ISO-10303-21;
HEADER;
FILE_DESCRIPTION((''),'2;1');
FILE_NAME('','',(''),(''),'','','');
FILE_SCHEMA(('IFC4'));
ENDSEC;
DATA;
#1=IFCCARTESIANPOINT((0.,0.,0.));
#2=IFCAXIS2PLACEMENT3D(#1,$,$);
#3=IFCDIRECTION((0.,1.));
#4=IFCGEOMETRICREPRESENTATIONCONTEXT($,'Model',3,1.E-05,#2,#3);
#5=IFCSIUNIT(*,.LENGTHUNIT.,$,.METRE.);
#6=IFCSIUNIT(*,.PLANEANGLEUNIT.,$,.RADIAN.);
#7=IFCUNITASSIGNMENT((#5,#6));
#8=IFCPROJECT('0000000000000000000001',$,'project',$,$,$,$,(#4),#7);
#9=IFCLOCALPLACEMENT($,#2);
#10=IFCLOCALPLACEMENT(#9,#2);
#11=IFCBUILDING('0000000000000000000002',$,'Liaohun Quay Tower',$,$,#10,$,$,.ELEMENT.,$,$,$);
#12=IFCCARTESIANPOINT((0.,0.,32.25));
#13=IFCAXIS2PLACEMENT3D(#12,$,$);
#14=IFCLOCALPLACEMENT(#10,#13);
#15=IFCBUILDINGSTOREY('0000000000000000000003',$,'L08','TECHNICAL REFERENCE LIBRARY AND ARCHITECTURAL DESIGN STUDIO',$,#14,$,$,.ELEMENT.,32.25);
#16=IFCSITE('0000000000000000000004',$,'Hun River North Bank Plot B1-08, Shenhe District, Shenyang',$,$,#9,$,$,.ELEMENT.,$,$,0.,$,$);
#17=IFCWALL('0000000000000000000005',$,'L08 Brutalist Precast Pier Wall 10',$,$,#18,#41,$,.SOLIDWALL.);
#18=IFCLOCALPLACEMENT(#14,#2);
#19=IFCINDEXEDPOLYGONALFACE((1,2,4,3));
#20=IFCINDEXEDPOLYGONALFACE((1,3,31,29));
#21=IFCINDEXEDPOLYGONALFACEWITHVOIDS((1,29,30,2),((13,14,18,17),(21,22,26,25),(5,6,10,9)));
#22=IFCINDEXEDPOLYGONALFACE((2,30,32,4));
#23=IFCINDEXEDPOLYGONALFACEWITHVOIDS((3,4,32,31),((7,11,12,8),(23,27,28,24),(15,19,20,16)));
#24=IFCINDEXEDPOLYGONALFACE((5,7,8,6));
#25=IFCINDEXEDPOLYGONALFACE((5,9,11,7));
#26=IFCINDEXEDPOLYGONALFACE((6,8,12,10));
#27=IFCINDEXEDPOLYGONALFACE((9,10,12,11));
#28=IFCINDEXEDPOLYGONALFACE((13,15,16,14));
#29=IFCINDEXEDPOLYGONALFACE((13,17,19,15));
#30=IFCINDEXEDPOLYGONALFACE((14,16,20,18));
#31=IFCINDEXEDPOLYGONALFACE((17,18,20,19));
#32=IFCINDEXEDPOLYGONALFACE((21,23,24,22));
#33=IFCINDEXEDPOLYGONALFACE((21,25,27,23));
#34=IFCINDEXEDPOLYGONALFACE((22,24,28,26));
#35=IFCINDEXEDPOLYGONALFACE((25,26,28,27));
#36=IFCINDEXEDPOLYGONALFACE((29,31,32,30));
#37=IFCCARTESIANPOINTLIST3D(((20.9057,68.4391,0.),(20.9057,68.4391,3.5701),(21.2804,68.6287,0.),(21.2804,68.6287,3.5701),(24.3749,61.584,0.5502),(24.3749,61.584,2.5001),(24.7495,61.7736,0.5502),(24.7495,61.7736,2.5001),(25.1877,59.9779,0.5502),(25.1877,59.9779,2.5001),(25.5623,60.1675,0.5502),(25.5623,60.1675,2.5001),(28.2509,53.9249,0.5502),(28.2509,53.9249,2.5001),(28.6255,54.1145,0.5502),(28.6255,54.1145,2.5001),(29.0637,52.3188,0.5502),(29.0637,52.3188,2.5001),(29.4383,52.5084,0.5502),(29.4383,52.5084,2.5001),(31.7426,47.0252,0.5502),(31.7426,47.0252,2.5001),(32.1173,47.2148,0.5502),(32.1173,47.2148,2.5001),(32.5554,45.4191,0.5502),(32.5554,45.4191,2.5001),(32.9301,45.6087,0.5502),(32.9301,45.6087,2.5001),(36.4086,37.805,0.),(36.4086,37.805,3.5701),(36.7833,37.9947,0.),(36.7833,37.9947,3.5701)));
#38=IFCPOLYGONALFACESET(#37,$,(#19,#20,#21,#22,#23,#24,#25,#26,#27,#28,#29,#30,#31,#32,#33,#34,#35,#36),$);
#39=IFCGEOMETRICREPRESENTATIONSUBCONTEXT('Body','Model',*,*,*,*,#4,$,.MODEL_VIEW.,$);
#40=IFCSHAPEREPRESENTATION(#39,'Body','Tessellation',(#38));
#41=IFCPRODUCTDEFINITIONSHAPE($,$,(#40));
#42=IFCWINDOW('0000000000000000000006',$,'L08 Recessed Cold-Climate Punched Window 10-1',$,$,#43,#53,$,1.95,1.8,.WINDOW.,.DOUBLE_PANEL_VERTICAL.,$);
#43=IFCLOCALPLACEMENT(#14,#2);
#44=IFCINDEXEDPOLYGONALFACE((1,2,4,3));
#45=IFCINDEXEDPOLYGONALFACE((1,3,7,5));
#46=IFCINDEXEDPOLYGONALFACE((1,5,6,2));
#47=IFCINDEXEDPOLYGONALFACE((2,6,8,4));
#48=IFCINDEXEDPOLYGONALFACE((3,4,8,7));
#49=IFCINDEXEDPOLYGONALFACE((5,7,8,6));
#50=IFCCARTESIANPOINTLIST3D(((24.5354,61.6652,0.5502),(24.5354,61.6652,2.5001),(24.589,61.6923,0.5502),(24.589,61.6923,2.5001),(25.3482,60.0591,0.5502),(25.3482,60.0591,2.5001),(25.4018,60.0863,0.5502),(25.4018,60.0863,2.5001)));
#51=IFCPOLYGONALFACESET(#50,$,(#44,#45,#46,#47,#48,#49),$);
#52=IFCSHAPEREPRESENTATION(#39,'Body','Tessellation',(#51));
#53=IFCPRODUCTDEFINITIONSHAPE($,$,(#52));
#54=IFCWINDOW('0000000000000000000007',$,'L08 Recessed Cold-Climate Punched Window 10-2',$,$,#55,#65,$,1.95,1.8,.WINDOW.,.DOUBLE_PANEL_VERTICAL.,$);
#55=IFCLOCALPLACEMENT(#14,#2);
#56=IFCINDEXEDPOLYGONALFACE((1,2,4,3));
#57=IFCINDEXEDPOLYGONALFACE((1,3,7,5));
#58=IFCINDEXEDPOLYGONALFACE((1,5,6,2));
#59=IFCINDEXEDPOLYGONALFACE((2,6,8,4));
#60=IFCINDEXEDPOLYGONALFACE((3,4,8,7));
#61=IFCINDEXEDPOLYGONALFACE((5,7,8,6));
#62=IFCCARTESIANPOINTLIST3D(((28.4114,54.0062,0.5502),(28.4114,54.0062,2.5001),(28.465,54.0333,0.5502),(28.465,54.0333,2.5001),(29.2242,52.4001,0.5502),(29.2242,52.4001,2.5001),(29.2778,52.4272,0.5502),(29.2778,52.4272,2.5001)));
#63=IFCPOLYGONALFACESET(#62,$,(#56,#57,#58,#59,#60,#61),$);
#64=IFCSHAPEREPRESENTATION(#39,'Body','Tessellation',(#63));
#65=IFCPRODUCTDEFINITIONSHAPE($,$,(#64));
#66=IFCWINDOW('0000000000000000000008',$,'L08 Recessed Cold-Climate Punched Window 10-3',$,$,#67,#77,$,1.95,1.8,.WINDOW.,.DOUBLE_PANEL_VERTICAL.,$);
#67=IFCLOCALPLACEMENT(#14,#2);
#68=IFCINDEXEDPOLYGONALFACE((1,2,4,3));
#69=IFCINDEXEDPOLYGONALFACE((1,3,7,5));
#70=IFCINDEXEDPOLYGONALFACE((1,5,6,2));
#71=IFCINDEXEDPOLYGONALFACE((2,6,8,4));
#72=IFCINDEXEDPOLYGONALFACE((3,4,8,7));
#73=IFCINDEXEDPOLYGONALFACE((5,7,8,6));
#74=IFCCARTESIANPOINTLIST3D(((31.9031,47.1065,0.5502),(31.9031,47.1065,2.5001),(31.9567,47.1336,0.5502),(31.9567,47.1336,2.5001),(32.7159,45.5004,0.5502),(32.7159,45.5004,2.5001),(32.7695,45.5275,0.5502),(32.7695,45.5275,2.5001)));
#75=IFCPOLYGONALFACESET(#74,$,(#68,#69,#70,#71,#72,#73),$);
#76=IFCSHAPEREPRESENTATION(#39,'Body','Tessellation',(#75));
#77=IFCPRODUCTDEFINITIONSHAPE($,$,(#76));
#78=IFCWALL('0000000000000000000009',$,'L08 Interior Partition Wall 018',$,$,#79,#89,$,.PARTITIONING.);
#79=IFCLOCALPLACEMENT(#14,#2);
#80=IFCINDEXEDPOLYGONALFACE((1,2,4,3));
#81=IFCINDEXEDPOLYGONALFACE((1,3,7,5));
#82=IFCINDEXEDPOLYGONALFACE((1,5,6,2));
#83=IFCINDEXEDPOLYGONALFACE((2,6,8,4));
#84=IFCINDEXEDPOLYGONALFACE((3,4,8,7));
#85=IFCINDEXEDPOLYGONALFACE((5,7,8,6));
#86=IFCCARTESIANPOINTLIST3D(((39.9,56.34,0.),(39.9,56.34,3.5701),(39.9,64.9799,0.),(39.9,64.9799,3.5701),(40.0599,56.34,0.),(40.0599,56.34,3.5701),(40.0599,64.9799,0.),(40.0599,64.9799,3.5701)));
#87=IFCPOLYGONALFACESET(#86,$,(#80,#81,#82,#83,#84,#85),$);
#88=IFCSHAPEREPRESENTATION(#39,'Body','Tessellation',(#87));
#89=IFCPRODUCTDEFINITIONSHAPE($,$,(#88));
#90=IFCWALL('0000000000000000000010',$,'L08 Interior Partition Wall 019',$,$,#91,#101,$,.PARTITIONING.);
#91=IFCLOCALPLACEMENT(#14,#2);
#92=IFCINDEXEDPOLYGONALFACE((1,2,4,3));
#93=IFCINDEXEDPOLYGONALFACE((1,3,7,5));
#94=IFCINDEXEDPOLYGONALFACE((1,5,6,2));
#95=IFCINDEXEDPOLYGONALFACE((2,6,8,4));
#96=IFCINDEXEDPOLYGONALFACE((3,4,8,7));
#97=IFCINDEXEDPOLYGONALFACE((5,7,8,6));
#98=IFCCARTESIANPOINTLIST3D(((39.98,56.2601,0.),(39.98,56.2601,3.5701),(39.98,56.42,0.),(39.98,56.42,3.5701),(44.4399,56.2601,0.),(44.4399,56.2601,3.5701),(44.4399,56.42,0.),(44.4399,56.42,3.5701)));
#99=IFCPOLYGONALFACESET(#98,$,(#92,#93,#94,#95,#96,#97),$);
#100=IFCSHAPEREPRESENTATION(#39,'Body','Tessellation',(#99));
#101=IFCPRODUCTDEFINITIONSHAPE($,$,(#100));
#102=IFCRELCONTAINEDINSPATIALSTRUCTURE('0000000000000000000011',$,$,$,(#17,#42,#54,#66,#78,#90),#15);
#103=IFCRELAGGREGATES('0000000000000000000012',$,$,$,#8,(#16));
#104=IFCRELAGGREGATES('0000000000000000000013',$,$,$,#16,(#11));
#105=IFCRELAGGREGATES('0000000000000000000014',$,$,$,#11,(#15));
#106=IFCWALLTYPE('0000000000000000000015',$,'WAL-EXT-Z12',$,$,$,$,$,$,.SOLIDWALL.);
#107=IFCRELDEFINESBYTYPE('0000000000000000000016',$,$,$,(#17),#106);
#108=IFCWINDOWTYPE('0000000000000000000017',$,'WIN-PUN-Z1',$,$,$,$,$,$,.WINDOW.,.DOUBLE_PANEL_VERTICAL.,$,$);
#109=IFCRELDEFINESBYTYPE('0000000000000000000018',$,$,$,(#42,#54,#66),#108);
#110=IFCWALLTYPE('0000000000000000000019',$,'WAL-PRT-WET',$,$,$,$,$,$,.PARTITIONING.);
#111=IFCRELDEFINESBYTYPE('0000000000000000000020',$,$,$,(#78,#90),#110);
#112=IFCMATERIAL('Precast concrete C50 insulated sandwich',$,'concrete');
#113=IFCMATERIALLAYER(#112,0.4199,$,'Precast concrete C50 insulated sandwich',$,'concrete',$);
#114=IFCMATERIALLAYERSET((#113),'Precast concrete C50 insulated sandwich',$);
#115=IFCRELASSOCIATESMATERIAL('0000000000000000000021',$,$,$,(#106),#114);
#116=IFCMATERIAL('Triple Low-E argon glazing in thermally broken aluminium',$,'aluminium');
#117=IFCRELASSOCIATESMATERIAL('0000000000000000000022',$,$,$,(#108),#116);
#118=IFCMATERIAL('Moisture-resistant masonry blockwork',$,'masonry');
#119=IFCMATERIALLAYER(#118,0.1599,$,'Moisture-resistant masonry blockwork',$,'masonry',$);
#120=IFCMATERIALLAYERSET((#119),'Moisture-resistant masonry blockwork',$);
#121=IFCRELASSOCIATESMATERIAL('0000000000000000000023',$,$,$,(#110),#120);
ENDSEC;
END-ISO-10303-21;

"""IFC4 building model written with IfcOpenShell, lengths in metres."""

from ifc_helpers import new_model, si_unit, direction, frame, frame_2d, origin, place, context, subcontext, project, spatial, rectangle, extrude, source, transform, mapped, material, layer, layer_set, type_object, element, fill, save


model = new_model("IFC4")

# Units and contexts
model_context = context("Model", 3, precision=1e-05, world=origin(), true_north=direction((0.0, 1.0)))
body_context = subcontext(model_context, "Body", "Model", "MODEL_VIEW")
ifc_project = project(units=[si_unit("LENGTHUNIT", "METRE"), si_unit("PLANEANGLEUNIT", "RADIAN")], contexts=[model_context])

# Site, building, storey
site_placement = place(None, origin())
site = spatial("IfcSite", under=ifc_project, at=site_placement, Name="Hun River North Bank Plot B1-08, Shenhe District, Shenyang", CompositionType="ELEMENT", RefElevation=0.0)
building_placement = place(site_placement, origin())
building = spatial("IfcBuilding", under=site, at=building_placement, Name="Liaohun Quay Tower", CompositionType="ELEMENT")
storey_placement = place(building_placement, frame((0.0, 0.0, 32.25)))
storey = spatial("IfcBuildingStorey", under=building, at=storey_placement, Name="L08", Description="TECHNICAL REFERENCE LIBRARY AND ARCHITECTURAL DESIGN STUDIO", CompositionType="ELEMENT", Elevation=32.25)

# Shared definitions
ifc_material_1 = material(Name="Precast concrete C50 insulated sandwich", Category="concrete")
ifc_layer_1 = layer(ifc_material_1, 0.4199, Name="Precast concrete C50 insulated sandwich", Category="concrete")
ifc_layer_set_1 = layer_set([ifc_layer_1], Name="Precast concrete C50 insulated sandwich")
wall_type_1 = type_object("IfcWallType", Name="WAL-EXT-Z12", PredefinedType="SOLIDWALL", material=ifc_layer_set_1)

# Wall, openings, windows
wall_1_placement = place(storey_placement, frame((21.093, 68.5339, 0.0), z_axis=(0.0, 0.0, 1.0), x_axis=(0.45154, -0.892251, 0.0)))
wall_1 = element("IfcWall", 1, at=wall_1_placement, inside=storey, type_object=wall_type_1, Name="L08 Brutalist Precast Pier Wall 10", PredefinedType="SOLIDWALL", context=body_context, shape_type="SweptSolid", body=[
    extrude(rectangle(XDim=34.3335, YDim=0.4199, at=frame_2d((17.1667, 0.0))), origin(), (0.0, 0.0, 1.0), 3.5701),
])
shared_shape_1 = source(origin(), body_context, "Body", "SweptSolid", [
    extrude(rectangle(XDim=1.8, YDim=1.95, at=frame_2d((0.8999, 0.9751))), frame((0.0, 0.22, 0.0), z_axis=(0.0, -1.0, 0.0), x_axis=(1.0, 0.0, 0.0)), (0.0, 0.0, 1.0), 0.4399),
])
opening_1_placement = place(wall_1_placement, frame((7.6831, 0.0, 0.55)))
opening_1 = element("IfcOpeningElement", 2, at=opening_1_placement, cuts=wall_1, PredefinedType="OPENING", context=body_context, shape_type="MappedRepresentation", body=[
    mapped(shared_shape_1, transform((0.0, 0.0, 0.0), x_axis=(1.0, 0.0, 0.0), y_axis=(0.0, 1.0, 0.0), z_axis=(0.0, 0.0, 1.0), scale=1.0)),
])
opening_2_placement = place(wall_1_placement, frame((16.2671, 0.0, 0.55)))
opening_2 = element("IfcOpeningElement", 3, at=opening_2_placement, cuts=wall_1, PredefinedType="OPENING", context=body_context, shape_type="MappedRepresentation", body=[
    mapped(shared_shape_1, transform((0.0, 0.0, 0.0), x_axis=(1.0, 0.0, 0.0), y_axis=(0.0, 1.0, 0.0), z_axis=(0.0, 0.0, 1.0), scale=1.0)),
])
opening_3_placement = place(wall_1_placement, frame((24.0, 0.0, 0.55)))
opening_3 = element("IfcOpeningElement", 4, at=opening_3_placement, cuts=wall_1, PredefinedType="OPENING", context=body_context, shape_type="MappedRepresentation", body=[
    mapped(shared_shape_1, transform((0.0, 0.0, 0.0), x_axis=(1.0, 0.0, 0.0), y_axis=(0.0, 1.0, 0.0), z_axis=(0.0, 0.0, 1.0), scale=1.0)),
])
ifc_material_2 = material(Name="Triple Low-E argon glazing in thermally broken aluminium", Category="aluminium")
window_type_1 = type_object("IfcWindowType", Name="WIN-PUN-Z1", PartitioningType="DOUBLE_PANEL_VERTICAL", PredefinedType="WINDOW", material=ifc_material_2)
shared_shape_2 = source(origin(), body_context, "Body", "SweptSolid", [
    extrude(rectangle(XDim=1.8, YDim=1.95, at=frame_2d((0.8999, 0.9751))), frame((0.0, 0.03, 0.0), z_axis=(0.0, -1.0, 0.0), x_axis=(1.0, 0.0, 0.0)), (0.0, 0.0, 1.0), 0.0601),
])
window_1_placement = place(opening_1_placement, origin())
window_1 = element("IfcWindow", 5, at=window_1_placement, inside=storey, type_object=window_type_1, Name="L08 Recessed Cold-Climate Punched Window 10-1", OverallHeight=1.95, OverallWidth=1.8, PartitioningType="DOUBLE_PANEL_VERTICAL", PredefinedType="WINDOW", context=body_context, shape_type="MappedRepresentation", body=[
    mapped(shared_shape_2, transform((0.0, 0.0, 0.0), x_axis=(1.0, 0.0, 0.0), y_axis=(0.0, 1.0, 0.0), z_axis=(0.0, 0.0, 1.0), scale=1.0)),
])
fill(opening_1, window_1)
window_2_placement = place(opening_2_placement, origin())
window_2 = element("IfcWindow", 6, at=window_2_placement, inside=storey, type_object=window_type_1, Name="L08 Recessed Cold-Climate Punched Window 10-2", OverallHeight=1.95, OverallWidth=1.8, PartitioningType="DOUBLE_PANEL_VERTICAL", PredefinedType="WINDOW", context=body_context, shape_type="MappedRepresentation", body=[
    mapped(shared_shape_2, transform((0.0, 0.0, 0.0), x_axis=(1.0, 0.0, 0.0), y_axis=(0.0, 1.0, 0.0), z_axis=(0.0, 0.0, 1.0), scale=1.0)),
])
fill(opening_2, window_2)
window_3_placement = place(opening_3_placement, origin())
window_3 = element("IfcWindow", 7, at=window_3_placement, inside=storey, type_object=window_type_1, Name="L08 Recessed Cold-Climate Punched Window 10-3", OverallHeight=1.95, OverallWidth=1.8, PartitioningType="DOUBLE_PANEL_VERTICAL", PredefinedType="WINDOW", context=body_context, shape_type="MappedRepresentation", body=[
    mapped(shared_shape_2, transform((0.0, 0.0, 0.0), x_axis=(1.0, 0.0, 0.0), y_axis=(0.0, 1.0, 0.0), z_axis=(0.0, 0.0, 1.0), scale=1.0)),
])
fill(opening_3, window_3)

# Walls
ifc_material_3 = material(Name="Moisture-resistant masonry blockwork", Category="masonry")
ifc_layer_2 = layer(ifc_material_3, 0.1599, Name="Moisture-resistant masonry blockwork", Category="masonry")
ifc_layer_set_2 = layer_set([ifc_layer_2], Name="Moisture-resistant masonry blockwork")
wall_type_2 = type_object("IfcWallType", Name="WAL-PRT-WET", PredefinedType="PARTITIONING", material=ifc_layer_set_2)
wall_2_placement = place(storey_placement, frame((39.98, 56.3401, 0.0), z_axis=(0.0, 0.0, 1.0), x_axis=(0.0, 1.0, 0.0)))
element("IfcWall", 8, at=wall_2_placement, inside=storey, type_object=wall_type_2, Name="L08 Interior Partition Wall 018", PredefinedType="PARTITIONING", context=body_context, shape_type="SweptSolid", body=[
    extrude(rectangle(XDim=8.6399, YDim=0.1599, at=frame_2d((4.3198, 0.0))), origin(), (0.0, 0.0, 1.0), 3.5701),
])
wall_3_placement = place(storey_placement, frame((39.98, 56.3401, 0.0), z_axis=(0.0, 0.0, 1.0), x_axis=(1.0, 0.0, 0.0)))
element("IfcWall", 9, at=wall_3_placement, inside=storey, type_object=wall_type_2, Name="L08 Interior Partition Wall 019", PredefinedType="PARTITIONING", context=body_context, shape_type="SweptSolid", body=[
    extrude(rectangle(XDim=4.46, YDim=0.1599, at=frame_2d((2.23, 0.0))), origin(), (0.0, 0.0, 1.0), 3.5701),
])

save(model, "model.ifc")
